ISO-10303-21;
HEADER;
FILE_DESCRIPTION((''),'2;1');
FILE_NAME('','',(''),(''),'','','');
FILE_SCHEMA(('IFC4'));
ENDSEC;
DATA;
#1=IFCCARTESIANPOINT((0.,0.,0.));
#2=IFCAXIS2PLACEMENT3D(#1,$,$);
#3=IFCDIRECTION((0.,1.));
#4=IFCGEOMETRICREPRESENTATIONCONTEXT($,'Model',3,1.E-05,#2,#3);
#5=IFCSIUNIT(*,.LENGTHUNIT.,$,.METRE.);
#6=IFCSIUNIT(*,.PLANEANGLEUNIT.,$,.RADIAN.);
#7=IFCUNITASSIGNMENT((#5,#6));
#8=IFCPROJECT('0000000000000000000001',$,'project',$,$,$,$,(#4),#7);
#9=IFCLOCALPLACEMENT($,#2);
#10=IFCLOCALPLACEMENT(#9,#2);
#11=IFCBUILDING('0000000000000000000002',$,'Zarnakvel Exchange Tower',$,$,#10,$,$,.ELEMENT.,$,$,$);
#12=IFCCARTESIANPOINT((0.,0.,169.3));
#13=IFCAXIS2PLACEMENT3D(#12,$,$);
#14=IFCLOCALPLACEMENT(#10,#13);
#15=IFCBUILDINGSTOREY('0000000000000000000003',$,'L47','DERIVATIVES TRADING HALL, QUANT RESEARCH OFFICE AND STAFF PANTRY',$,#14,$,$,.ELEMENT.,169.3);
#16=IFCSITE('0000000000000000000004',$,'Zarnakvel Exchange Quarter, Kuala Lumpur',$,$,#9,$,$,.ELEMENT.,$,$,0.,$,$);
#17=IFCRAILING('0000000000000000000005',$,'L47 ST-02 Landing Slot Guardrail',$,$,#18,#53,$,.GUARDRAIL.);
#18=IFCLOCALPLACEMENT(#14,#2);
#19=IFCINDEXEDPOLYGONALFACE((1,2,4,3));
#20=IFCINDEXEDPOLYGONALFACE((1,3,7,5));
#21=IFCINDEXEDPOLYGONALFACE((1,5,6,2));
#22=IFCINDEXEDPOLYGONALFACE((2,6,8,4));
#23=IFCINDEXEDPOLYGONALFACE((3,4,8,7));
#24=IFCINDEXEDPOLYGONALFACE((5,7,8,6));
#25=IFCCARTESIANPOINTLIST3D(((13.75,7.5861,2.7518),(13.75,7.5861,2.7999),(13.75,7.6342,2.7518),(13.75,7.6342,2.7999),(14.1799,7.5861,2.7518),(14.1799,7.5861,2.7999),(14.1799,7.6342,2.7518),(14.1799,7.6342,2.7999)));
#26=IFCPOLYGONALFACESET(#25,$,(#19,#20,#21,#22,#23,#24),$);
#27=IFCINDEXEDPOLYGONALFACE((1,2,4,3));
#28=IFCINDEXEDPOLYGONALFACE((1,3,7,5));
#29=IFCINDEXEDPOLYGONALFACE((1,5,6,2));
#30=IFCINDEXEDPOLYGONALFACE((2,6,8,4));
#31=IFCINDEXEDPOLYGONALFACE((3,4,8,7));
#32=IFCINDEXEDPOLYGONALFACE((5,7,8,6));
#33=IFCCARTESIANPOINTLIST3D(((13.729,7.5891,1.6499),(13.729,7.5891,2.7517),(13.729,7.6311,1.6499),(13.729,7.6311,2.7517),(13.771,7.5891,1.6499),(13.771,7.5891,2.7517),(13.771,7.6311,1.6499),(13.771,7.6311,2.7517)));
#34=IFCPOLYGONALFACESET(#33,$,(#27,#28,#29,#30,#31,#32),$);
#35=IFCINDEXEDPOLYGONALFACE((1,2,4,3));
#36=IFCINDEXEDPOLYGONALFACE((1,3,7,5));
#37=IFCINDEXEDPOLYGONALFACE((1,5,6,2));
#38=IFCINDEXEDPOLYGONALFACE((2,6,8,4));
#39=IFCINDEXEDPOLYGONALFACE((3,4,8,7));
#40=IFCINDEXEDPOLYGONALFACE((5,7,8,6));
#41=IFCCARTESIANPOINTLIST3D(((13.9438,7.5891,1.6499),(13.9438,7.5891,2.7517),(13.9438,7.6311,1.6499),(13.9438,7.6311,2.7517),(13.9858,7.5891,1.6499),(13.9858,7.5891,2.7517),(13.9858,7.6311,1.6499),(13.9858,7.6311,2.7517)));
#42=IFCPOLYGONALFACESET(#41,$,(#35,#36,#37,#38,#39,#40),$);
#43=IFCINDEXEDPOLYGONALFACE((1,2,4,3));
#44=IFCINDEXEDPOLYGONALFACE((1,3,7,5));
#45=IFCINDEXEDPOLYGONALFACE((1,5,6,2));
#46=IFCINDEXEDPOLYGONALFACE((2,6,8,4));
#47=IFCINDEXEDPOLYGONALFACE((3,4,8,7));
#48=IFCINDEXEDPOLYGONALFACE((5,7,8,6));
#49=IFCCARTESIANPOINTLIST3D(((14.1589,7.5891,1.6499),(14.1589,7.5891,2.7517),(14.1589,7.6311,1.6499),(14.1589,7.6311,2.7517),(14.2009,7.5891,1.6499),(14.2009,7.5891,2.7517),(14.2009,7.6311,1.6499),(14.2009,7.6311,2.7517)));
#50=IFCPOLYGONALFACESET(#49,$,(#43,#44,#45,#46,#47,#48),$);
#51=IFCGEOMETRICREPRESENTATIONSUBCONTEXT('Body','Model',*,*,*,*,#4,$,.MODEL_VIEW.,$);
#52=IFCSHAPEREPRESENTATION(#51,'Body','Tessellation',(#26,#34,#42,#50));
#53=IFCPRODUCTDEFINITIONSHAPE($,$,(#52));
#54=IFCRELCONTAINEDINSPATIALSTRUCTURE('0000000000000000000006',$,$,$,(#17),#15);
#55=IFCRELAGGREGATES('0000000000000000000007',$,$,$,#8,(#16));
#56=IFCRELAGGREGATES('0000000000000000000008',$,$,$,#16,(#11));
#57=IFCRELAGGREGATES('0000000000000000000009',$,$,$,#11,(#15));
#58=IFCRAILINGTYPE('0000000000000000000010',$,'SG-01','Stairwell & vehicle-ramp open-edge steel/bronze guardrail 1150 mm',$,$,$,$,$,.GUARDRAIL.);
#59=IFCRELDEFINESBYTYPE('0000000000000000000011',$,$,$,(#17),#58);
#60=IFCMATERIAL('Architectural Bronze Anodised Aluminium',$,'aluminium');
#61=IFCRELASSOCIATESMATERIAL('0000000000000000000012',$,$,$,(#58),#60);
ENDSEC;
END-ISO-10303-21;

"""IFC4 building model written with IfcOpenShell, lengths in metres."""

from ifc_helpers import new_model, si_unit, direction, frame, origin, origin_2d, place, context, subcontext, project, spatial, rectangle, extrude, material, type_object, element, save


model = new_model("IFC4")

# Units and contexts
model_context = context("Model", 3, precision=1e-05, world=origin(), true_north=direction((0.0, 1.0)))
body_context = subcontext(model_context, "Body", "Model", "MODEL_VIEW")
ifc_project = project(units=[si_unit("LENGTHUNIT", "METRE"), si_unit("PLANEANGLEUNIT", "RADIAN")], contexts=[model_context])

# Site, building, storey
site_placement = place(None, origin())
site = spatial("IfcSite", under=ifc_project, at=site_placement, Name="Zarnakvel Exchange Quarter, Kuala Lumpur", CompositionType="ELEMENT", RefElevation=0.0)
building_placement = place(site_placement, origin())
building = spatial("IfcBuilding", under=site, at=building_placement, Name="Zarnakvel Exchange Tower", CompositionType="ELEMENT")
storey_placement = place(building_placement, frame((0.0, 0.0, 169.3)))
storey = spatial("IfcBuildingStorey", under=building, at=storey_placement, Name="L47", Description="DERIVATIVES TRADING HALL, QUANT RESEARCH OFFICE AND STAFF PANTRY", CompositionType="ELEMENT", Elevation=169.3)

# Shared definitions
ifc_material_1 = material(Name="Architectural Bronze Anodised Aluminium", Category="aluminium")

# Railing
railing_type_1 = type_object("IfcRailingType", Name="SG-01", Description="Stairwell & vehicle-ramp open-edge steel/bronze guardrail 1150 mm", PredefinedType="GUARDRAIL", material=ifc_material_1)
railing_1_placement = place(storey_placement, frame((13.75, 7.6101, 1.6499)))
element("IfcRailing", 1, at=railing_1_placement, inside=storey, type_object=railing_type_1, Name="L47 ST-02 Landing Slot Guardrail", PredefinedType="GUARDRAIL", context=body_context, shape_type="SweptSolid", body=[
    extrude(rectangle(XDim=0.0481, YDim=0.0481, at=origin_2d()), frame((0.0, 0.0, 1.126), z_axis=(1.0, 0.0, 0.0), x_axis=(0.0, 1.0, 0.0)), (0.0, 0.0, 1.0), 0.4299),
    extrude(rectangle(XDim=0.042, YDim=0.042, at=origin_2d()), origin(), (0.0, 0.0, 1.0), 1.1018),
    extrude(rectangle(XDim=0.042, YDim=0.042, at=origin_2d()), frame((0.2148, 0.0, 0.0)), (0.0, 0.0, 1.0), 1.1018),
    extrude(rectangle(XDim=0.042, YDim=0.042, at=origin_2d()), frame((0.4299, 0.0, 0.0)), (0.0, 0.0, 1.0), 1.1018),
])

save(model, "model.ifc")
